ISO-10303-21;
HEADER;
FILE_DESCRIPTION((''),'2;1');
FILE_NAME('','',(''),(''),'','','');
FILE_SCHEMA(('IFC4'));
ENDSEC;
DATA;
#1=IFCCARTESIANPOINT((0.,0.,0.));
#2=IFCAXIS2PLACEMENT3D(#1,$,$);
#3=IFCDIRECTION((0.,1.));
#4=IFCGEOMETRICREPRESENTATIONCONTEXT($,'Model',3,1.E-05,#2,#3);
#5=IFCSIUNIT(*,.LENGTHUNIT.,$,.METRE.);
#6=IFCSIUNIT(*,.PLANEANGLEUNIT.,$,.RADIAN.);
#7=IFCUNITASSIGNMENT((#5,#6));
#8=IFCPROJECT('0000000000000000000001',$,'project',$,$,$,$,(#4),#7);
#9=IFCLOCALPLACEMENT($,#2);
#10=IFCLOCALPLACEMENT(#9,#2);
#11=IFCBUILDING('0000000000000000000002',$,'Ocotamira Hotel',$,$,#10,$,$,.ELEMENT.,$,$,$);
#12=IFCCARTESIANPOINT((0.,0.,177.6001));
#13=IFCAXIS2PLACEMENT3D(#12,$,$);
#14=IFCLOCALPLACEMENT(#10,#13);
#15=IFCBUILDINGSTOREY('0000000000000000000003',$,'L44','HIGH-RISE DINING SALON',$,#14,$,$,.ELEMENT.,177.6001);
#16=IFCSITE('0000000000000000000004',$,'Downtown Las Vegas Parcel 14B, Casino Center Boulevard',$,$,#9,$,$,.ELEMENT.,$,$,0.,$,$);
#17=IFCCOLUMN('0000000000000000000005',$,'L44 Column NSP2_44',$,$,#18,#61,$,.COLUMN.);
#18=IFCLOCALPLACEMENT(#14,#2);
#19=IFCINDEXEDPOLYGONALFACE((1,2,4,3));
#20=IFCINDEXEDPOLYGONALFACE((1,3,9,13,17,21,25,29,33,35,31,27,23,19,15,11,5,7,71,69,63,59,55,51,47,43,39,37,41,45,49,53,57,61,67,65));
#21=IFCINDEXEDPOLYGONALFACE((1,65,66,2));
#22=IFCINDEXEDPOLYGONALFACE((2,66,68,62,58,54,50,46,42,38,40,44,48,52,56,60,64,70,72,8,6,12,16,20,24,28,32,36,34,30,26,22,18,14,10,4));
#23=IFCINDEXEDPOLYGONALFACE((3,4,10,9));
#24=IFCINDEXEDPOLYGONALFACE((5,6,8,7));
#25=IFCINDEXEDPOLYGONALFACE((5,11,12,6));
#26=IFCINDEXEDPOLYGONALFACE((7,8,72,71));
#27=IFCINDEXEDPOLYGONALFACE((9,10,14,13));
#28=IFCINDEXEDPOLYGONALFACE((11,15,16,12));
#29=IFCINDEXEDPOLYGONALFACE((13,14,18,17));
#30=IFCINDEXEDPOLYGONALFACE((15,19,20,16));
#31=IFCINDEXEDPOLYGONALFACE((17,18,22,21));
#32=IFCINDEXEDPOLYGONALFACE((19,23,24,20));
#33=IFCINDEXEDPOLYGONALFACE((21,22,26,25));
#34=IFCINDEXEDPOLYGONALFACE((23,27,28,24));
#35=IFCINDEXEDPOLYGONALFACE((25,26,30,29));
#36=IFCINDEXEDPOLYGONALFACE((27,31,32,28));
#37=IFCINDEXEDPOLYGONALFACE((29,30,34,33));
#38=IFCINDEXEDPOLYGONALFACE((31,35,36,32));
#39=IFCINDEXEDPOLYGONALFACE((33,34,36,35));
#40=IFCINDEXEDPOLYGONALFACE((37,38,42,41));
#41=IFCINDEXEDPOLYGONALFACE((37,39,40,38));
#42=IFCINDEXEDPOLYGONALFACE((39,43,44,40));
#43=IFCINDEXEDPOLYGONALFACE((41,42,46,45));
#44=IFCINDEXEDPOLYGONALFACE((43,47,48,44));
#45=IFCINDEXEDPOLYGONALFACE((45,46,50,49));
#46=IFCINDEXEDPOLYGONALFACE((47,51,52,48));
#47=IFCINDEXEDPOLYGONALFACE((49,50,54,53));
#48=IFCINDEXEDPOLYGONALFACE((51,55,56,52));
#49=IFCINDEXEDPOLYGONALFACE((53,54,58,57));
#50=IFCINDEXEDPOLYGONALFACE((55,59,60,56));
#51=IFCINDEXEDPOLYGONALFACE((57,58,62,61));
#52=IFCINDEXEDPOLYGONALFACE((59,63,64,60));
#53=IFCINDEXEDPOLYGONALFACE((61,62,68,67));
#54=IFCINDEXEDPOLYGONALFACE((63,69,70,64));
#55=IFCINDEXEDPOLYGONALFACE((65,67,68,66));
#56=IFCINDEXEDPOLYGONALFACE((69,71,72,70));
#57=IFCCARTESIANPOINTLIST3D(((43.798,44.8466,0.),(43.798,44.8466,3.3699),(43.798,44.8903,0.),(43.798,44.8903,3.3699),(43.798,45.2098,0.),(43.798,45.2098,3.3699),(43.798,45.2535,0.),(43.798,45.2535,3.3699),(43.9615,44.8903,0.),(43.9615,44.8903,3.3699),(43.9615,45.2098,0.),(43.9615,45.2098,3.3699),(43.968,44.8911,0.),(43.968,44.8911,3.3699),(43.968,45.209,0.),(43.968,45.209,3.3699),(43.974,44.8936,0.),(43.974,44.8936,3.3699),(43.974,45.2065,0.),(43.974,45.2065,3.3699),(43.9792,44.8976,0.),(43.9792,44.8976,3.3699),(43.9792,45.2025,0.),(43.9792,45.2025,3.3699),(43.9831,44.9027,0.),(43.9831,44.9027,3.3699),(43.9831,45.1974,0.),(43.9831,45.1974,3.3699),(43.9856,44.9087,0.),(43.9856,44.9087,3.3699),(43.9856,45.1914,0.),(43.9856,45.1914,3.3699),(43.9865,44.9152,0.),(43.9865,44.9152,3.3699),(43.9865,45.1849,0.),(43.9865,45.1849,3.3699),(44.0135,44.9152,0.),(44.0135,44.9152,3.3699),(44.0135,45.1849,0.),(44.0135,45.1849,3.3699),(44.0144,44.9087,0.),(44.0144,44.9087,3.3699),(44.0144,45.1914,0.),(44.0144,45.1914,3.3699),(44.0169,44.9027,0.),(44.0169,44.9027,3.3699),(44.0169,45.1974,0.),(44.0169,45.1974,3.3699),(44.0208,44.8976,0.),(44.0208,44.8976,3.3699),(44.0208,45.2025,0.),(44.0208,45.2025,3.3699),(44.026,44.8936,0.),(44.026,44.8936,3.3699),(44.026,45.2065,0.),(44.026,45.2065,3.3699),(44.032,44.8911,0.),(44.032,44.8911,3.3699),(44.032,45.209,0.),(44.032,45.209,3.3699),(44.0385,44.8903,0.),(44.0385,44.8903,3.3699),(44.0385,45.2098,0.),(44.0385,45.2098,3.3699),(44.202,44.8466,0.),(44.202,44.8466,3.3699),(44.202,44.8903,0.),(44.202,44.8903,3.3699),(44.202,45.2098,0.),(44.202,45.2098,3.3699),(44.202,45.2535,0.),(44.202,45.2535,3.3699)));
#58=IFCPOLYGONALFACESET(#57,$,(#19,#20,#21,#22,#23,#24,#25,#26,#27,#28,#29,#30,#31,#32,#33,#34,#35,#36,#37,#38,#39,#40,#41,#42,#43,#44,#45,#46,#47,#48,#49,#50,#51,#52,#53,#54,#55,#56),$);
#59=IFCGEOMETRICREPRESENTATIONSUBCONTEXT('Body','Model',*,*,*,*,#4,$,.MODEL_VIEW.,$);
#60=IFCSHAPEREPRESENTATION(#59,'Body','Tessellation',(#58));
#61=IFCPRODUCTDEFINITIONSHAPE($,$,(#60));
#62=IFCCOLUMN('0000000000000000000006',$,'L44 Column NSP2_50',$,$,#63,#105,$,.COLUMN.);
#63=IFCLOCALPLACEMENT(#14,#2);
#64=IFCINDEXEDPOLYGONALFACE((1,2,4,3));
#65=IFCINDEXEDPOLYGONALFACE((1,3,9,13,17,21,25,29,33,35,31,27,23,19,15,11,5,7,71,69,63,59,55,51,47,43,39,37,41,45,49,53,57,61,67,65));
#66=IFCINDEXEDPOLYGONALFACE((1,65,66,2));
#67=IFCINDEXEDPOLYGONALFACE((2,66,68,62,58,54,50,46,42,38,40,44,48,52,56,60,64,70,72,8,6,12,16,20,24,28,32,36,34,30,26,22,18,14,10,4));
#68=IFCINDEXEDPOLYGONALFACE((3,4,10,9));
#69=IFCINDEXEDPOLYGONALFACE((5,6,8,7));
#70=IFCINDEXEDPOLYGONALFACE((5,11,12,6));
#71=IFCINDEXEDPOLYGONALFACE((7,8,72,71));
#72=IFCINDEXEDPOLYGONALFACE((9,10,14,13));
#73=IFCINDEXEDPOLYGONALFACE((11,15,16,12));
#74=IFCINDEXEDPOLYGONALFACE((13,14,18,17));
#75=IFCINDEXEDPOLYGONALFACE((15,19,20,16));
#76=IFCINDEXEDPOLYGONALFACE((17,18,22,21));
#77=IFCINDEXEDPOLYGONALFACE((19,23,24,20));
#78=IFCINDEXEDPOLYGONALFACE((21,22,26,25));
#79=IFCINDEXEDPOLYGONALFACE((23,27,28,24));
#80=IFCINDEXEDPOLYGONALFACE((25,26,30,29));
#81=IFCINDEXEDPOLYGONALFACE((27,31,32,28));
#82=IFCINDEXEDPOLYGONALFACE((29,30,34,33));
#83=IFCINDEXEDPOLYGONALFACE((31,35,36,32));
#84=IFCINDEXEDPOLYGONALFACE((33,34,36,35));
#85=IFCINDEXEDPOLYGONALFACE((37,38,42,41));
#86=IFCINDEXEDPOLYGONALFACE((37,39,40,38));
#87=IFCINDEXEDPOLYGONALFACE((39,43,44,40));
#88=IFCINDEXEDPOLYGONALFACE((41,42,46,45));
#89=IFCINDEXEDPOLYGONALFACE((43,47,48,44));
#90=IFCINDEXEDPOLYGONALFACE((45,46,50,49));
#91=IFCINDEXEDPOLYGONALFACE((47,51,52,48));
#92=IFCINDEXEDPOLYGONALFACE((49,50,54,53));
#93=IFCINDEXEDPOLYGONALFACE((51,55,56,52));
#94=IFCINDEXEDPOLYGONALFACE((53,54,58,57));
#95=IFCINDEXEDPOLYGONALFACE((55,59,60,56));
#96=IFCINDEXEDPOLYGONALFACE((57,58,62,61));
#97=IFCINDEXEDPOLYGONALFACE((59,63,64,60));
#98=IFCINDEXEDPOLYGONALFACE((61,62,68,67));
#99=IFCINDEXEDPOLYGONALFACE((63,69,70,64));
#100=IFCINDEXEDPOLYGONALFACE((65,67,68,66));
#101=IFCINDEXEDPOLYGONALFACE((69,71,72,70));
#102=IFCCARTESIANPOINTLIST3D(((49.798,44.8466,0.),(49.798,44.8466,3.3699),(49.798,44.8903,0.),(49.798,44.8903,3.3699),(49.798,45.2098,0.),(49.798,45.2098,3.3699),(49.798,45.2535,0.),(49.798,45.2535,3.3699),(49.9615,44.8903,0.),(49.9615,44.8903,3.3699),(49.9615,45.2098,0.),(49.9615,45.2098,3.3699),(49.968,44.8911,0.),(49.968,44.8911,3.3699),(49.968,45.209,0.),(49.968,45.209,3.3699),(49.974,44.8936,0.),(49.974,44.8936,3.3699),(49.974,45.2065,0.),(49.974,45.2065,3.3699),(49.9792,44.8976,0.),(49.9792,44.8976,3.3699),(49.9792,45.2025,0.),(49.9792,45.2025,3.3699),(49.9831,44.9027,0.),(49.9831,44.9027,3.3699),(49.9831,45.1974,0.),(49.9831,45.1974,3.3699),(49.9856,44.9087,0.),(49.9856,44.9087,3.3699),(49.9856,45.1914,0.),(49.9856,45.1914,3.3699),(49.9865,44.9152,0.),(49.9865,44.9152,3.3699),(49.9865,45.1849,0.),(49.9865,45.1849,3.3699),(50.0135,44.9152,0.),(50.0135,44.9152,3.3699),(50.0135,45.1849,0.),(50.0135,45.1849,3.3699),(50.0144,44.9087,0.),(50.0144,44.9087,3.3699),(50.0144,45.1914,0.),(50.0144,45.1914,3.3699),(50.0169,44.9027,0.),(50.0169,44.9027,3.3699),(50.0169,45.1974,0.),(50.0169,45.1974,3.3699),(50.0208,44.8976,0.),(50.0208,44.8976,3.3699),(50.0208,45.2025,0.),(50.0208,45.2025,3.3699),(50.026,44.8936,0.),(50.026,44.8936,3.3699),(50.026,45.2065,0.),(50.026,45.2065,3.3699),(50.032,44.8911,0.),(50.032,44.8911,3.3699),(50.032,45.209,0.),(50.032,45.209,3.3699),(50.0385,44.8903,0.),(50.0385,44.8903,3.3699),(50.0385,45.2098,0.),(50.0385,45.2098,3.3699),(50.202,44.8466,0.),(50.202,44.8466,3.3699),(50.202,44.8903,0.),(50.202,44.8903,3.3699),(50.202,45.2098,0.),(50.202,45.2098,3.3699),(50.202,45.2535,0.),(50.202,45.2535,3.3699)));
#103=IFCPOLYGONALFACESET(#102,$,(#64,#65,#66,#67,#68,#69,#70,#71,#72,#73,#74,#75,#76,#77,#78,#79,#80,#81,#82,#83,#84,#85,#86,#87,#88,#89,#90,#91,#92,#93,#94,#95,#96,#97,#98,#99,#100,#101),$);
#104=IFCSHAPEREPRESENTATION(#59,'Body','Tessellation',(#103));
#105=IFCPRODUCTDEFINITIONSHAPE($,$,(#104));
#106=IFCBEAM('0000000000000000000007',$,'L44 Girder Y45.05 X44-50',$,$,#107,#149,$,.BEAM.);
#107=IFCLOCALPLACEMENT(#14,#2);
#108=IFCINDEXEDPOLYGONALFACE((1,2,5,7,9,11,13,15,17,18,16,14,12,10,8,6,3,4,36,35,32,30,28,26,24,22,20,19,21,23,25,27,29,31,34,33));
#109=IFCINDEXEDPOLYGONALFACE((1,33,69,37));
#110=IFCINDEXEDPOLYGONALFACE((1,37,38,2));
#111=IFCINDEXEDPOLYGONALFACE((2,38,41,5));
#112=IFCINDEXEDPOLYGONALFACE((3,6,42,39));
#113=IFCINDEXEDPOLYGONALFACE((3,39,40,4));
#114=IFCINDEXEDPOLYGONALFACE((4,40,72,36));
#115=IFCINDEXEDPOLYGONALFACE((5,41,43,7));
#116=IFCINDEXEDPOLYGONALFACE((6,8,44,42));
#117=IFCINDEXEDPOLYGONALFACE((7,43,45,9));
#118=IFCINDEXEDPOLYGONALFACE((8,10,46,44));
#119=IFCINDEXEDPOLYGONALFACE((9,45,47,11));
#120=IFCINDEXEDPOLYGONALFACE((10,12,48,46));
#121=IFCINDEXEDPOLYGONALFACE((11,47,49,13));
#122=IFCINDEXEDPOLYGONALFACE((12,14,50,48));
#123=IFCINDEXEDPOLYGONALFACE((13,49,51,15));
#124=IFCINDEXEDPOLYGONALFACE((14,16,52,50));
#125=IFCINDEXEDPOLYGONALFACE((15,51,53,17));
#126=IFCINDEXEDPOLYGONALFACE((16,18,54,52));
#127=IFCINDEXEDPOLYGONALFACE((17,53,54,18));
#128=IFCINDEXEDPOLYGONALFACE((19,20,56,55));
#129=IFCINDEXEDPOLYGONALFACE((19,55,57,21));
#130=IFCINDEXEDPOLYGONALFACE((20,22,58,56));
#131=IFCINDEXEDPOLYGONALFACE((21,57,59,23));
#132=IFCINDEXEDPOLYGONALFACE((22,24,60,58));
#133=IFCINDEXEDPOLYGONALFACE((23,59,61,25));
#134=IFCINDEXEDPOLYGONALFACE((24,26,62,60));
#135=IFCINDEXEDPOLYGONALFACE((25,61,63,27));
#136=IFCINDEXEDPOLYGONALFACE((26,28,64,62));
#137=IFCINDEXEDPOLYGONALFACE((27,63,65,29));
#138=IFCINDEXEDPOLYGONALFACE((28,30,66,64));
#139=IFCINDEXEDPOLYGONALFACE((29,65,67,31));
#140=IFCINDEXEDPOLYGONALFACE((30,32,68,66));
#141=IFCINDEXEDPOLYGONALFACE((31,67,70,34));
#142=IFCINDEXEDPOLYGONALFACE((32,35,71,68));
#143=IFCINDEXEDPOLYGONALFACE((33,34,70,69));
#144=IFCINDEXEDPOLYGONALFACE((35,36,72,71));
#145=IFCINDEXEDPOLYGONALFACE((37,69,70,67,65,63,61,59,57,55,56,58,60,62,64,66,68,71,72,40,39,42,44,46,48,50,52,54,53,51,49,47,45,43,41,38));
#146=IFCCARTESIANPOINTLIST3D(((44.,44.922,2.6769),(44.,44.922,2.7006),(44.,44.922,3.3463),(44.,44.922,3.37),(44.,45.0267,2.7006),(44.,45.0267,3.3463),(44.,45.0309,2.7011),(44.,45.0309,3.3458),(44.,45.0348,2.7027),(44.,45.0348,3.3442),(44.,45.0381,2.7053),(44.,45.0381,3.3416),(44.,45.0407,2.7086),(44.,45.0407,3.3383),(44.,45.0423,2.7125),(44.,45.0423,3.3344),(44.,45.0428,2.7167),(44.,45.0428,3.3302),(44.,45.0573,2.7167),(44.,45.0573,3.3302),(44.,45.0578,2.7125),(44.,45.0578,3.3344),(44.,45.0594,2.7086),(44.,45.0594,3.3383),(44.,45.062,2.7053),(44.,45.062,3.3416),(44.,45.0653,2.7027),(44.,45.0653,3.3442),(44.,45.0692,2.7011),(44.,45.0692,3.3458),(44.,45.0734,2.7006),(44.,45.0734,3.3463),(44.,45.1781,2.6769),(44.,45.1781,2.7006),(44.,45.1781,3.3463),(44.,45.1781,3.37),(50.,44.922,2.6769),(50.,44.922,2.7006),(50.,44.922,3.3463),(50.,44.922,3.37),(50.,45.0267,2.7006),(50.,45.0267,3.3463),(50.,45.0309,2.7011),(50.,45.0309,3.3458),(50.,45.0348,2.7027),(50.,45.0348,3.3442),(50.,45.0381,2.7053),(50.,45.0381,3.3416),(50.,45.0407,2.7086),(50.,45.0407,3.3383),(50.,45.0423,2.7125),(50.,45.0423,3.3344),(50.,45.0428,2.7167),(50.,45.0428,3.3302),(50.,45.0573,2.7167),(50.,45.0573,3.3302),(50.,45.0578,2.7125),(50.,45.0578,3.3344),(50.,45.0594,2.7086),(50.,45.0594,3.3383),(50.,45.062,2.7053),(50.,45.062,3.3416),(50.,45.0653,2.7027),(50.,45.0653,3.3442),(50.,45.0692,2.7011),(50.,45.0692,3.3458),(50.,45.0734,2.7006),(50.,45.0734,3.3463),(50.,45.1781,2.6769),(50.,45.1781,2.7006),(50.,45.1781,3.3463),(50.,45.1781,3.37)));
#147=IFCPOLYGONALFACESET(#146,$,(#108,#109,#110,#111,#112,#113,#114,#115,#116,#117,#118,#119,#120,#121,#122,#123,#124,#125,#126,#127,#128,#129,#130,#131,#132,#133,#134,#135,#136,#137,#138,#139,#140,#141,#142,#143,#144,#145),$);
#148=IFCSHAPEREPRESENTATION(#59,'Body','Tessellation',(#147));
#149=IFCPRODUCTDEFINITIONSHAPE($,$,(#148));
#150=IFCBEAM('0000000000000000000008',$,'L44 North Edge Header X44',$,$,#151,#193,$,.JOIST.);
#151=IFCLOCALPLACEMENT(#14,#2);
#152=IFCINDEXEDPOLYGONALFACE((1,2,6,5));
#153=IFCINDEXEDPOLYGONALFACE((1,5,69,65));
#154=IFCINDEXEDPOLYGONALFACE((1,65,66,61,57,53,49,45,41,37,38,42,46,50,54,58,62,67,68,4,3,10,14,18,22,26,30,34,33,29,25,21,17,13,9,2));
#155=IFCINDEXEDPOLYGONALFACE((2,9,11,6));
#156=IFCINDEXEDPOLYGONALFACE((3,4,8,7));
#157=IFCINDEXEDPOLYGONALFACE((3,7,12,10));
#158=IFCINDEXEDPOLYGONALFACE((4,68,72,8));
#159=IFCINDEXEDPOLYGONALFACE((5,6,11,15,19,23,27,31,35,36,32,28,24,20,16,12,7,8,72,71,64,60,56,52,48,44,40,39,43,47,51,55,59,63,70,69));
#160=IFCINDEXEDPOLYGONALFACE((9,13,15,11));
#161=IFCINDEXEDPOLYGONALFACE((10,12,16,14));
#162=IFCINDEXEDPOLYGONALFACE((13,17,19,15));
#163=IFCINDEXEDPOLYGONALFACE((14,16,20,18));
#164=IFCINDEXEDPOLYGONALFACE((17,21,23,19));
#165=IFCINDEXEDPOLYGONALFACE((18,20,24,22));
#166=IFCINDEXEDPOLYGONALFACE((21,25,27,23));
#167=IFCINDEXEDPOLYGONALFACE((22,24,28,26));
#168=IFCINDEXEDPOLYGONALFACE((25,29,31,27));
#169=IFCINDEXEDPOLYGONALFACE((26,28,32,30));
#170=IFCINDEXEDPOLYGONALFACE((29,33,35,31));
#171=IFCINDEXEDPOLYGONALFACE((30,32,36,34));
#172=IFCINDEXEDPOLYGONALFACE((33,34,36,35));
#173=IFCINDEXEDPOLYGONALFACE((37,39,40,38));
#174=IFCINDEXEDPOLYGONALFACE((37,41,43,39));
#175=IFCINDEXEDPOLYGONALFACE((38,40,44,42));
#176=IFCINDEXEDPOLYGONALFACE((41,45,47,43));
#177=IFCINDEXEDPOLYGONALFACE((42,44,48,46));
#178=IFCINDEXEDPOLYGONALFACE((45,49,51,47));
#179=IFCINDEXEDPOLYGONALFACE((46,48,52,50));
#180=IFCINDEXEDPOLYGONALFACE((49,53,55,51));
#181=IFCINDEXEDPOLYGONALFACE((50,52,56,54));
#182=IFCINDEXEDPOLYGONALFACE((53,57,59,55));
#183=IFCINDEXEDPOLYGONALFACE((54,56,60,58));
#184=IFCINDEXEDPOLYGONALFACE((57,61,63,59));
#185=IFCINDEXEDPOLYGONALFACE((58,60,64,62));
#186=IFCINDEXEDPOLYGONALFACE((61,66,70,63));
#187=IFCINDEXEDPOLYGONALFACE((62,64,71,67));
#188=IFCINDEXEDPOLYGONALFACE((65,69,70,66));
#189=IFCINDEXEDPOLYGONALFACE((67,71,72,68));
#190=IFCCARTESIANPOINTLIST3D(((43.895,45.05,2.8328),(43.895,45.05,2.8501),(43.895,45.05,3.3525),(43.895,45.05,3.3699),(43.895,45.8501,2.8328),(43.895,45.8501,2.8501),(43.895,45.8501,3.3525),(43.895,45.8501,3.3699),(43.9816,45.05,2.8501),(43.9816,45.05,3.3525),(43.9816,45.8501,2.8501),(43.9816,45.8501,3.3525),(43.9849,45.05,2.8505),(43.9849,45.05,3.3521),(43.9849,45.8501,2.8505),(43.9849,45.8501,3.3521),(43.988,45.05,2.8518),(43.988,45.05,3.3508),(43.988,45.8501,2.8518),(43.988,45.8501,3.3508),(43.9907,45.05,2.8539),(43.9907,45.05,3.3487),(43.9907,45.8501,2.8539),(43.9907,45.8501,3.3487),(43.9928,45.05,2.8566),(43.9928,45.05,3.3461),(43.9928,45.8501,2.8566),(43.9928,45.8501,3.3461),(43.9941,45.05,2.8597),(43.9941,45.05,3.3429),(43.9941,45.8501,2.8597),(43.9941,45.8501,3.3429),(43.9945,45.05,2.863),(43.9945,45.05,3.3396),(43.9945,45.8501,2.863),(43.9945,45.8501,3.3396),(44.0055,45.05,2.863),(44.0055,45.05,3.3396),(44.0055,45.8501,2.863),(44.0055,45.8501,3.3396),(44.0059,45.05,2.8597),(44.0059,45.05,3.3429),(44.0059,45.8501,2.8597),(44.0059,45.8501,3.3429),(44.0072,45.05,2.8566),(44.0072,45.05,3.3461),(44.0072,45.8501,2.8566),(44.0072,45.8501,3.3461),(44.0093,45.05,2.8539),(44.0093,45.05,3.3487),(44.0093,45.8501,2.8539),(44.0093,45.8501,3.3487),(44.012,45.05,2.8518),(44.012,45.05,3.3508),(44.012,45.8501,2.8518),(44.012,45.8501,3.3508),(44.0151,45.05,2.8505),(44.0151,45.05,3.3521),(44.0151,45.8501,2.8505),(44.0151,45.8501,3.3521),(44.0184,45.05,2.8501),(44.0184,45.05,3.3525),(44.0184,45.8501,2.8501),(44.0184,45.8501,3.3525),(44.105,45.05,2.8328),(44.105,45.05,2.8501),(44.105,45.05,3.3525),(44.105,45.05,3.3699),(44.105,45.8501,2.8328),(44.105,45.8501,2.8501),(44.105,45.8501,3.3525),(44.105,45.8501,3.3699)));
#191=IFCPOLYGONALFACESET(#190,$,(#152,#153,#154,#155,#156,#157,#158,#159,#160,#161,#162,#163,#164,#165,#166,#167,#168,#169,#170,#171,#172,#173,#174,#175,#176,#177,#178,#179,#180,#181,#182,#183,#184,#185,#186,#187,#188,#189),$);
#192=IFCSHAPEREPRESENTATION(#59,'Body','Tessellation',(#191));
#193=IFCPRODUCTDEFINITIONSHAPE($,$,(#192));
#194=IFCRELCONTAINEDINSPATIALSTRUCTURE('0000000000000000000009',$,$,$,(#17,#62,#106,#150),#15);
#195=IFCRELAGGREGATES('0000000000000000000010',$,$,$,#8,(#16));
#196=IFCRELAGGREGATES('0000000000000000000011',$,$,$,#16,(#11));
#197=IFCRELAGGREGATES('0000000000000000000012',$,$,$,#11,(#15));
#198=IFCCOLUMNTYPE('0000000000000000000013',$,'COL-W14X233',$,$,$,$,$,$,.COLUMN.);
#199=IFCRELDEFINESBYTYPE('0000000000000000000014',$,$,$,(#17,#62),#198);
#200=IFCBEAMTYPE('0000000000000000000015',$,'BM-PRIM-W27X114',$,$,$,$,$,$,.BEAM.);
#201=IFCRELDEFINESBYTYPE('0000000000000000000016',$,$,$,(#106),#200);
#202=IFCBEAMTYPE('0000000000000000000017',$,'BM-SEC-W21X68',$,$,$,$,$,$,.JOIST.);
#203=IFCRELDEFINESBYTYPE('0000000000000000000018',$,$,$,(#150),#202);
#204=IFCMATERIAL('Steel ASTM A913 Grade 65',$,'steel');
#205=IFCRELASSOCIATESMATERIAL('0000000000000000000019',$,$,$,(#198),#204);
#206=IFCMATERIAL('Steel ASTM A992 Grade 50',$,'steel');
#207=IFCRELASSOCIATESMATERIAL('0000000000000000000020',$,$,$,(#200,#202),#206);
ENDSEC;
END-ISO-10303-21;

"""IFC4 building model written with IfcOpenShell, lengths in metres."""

from ifc_helpers import new_model, si_unit, direction, frame, origin, origin_2d, place, context, subcontext, project, spatial, i_section, extrude, source, transform, mapped, material, material_profile, profile_set, type_object, element, save


model = new_model("IFC4")

# Units and contexts
model_context = context("Model", 3, precision=1e-05, world=origin(), true_north=direction((0.0, 1.0)))
body_context = subcontext(model_context, "Body", "Model", "MODEL_VIEW")
ifc_project = project(units=[si_unit("LENGTHUNIT", "METRE"), si_unit("PLANEANGLEUNIT", "RADIAN")], contexts=[model_context])

# Site, building, storey
site_placement = place(None, origin())
site = spatial("IfcSite", under=ifc_project, at=site_placement, Name="Downtown Las Vegas Parcel 14B, Casino Center Boulevard", CompositionType="ELEMENT", RefElevation=0.0)
building_placement = place(site_placement, origin())
building = spatial("IfcBuilding", under=site, at=building_placement, Name="Ocotamira Hotel", CompositionType="ELEMENT")
storey_placement = place(building_placement, frame((0.0, 0.0, 177.6001)))
storey = spatial("IfcBuildingStorey", under=building, at=storey_placement, Name="L44", Description="HIGH-RISE DINING SALON", CompositionType="ELEMENT", Elevation=177.6001)

# Columns
ifc_material_1 = material(Name="Steel ASTM A913 Grade 65", Category="steel")
ifc_material_profile_1 = material_profile(ifc_material_1, i_section(OverallWidth=0.4041, OverallDepth=0.407, WebThickness=0.0271, FlangeThickness=0.0437, FilletRadius=0.0249, at=origin_2d()), Name="W14X233")
ifc_profile_set_1 = profile_set([ifc_material_profile_1], Name="Steel ASTM A913 Grade 65")
column_type = type_object("IfcColumnType", Name="COL-W14X233", PredefinedType="COLUMN", material=ifc_profile_set_1)
shared_shape_1 = source(origin(), body_context, "Body", "SweptSolid", [
    extrude(i_section(OverallWidth=0.4041, OverallDepth=0.407, WebThickness=0.0271, FlangeThickness=0.0437, FilletRadius=0.0249, at=origin_2d()), origin(), (0.0, 0.0, 1.0), 3.3699),
])
for number, where, z_axis, x_axis, name in (
    (1, (44.0, 45.05, 0.0), (0.0, 0.0, 1.0), (1.0, 0.0, 0.0), "L44 Column NSP2_44"),
    (2, (50.0, 45.05, 0.0), (0.0, 0.0, 1.0), (1.0, 0.0, 0.0), "L44 Column NSP2_50"),
):
    element("IfcColumn", number, at=place(storey_placement, frame(where, z_axis=z_axis, x_axis=x_axis)), inside=storey, type_object=column_type, Name=name, PredefinedType="COLUMN", context=body_context, shape_type="MappedRepresentation", body=[
        mapped(shared_shape_1, transform((0.0, 0.0, 0.0), scale=1.0)),
    ])

# Beams
ifc_material_2 = material(Name="Steel ASTM A992 Grade 50", Category="steel")
ifc_material_profile_2 = material_profile(ifc_material_2, i_section(OverallWidth=0.2561, OverallDepth=0.6931, WebThickness=0.0144, FlangeThickness=0.0237, FilletRadius=0.0161, at=origin_2d()), Name="W27X114")
ifc_profile_set_2 = profile_set([ifc_material_profile_2], Name="Steel ASTM A992 Grade 50")
beam_type_1 = type_object("IfcBeamType", Name="BM-PRIM-W27X114", PredefinedType="BEAM", material=ifc_profile_set_2)
shared_shape_2 = source(origin(), body_context, "Body", "SweptSolid", [
    extrude(i_section(OverallWidth=0.2561, OverallDepth=0.6931, WebThickness=0.0144, FlangeThickness=0.0237, FilletRadius=0.0161, at=origin_2d()), origin(), (0.0, 0.0, 1.0), 6.0),
])
beam_1_placement = place(storey_placement, frame((44.0, 45.05, 3.0234), z_axis=(1.0, 0.0, 0.0), x_axis=(0.0, 1.0, 0.0)))
element("IfcBeam", 3, at=beam_1_placement, inside=storey, type_object=beam_type_1, Name="L44 Girder Y45.05 X44-50", PredefinedType="BEAM", context=body_context, shape_type="MappedRepresentation", body=[
    mapped(shared_shape_2, transform((0.0, 0.0, 0.0), scale=1.0)),
])
ifc_material_profile_3 = material_profile(ifc_material_2, i_section(OverallWidth=0.21, OverallDepth=0.5371, WebThickness=0.011, FlangeThickness=0.0173, FilletRadius=0.0129, at=origin_2d()), Name="W21X68")
ifc_profile_set_3 = profile_set([ifc_material_profile_3], Name="Steel ASTM A992 Grade 50")
beam_type_2 = type_object("IfcBeamType", Name="BM-SEC-W21X68", PredefinedType="JOIST", material=ifc_profile_set_3)
shared_shape_3 = source(origin(), body_context, "Body", "SweptSolid", [
    extrude(i_section(OverallWidth=0.21, OverallDepth=0.5371, WebThickness=0.011, FlangeThickness=0.0173, FilletRadius=0.0129, at=origin_2d()), origin(), (0.0, 0.0, 1.0), 0.8),
])
for number, where, z_axis, x_axis, name in (
    (4, (44.0, 45.05, 3.1013), (0.0, 1.0, 0.0), (-1.0, 0.0, 0.0), "L44 North Edge Header X44"),
):
    element("IfcBeam", number, at=place(storey_placement, frame(where, z_axis=z_axis, x_axis=x_axis)), inside=storey, type_object=beam_type_2, Name=name, PredefinedType="JOIST", context=body_context, shape_type="MappedRepresentation", body=[
        mapped(shared_shape_3, transform((0.0, 0.0, 0.0), scale=1.0)),
    ])

save(model, "model.ifc")
